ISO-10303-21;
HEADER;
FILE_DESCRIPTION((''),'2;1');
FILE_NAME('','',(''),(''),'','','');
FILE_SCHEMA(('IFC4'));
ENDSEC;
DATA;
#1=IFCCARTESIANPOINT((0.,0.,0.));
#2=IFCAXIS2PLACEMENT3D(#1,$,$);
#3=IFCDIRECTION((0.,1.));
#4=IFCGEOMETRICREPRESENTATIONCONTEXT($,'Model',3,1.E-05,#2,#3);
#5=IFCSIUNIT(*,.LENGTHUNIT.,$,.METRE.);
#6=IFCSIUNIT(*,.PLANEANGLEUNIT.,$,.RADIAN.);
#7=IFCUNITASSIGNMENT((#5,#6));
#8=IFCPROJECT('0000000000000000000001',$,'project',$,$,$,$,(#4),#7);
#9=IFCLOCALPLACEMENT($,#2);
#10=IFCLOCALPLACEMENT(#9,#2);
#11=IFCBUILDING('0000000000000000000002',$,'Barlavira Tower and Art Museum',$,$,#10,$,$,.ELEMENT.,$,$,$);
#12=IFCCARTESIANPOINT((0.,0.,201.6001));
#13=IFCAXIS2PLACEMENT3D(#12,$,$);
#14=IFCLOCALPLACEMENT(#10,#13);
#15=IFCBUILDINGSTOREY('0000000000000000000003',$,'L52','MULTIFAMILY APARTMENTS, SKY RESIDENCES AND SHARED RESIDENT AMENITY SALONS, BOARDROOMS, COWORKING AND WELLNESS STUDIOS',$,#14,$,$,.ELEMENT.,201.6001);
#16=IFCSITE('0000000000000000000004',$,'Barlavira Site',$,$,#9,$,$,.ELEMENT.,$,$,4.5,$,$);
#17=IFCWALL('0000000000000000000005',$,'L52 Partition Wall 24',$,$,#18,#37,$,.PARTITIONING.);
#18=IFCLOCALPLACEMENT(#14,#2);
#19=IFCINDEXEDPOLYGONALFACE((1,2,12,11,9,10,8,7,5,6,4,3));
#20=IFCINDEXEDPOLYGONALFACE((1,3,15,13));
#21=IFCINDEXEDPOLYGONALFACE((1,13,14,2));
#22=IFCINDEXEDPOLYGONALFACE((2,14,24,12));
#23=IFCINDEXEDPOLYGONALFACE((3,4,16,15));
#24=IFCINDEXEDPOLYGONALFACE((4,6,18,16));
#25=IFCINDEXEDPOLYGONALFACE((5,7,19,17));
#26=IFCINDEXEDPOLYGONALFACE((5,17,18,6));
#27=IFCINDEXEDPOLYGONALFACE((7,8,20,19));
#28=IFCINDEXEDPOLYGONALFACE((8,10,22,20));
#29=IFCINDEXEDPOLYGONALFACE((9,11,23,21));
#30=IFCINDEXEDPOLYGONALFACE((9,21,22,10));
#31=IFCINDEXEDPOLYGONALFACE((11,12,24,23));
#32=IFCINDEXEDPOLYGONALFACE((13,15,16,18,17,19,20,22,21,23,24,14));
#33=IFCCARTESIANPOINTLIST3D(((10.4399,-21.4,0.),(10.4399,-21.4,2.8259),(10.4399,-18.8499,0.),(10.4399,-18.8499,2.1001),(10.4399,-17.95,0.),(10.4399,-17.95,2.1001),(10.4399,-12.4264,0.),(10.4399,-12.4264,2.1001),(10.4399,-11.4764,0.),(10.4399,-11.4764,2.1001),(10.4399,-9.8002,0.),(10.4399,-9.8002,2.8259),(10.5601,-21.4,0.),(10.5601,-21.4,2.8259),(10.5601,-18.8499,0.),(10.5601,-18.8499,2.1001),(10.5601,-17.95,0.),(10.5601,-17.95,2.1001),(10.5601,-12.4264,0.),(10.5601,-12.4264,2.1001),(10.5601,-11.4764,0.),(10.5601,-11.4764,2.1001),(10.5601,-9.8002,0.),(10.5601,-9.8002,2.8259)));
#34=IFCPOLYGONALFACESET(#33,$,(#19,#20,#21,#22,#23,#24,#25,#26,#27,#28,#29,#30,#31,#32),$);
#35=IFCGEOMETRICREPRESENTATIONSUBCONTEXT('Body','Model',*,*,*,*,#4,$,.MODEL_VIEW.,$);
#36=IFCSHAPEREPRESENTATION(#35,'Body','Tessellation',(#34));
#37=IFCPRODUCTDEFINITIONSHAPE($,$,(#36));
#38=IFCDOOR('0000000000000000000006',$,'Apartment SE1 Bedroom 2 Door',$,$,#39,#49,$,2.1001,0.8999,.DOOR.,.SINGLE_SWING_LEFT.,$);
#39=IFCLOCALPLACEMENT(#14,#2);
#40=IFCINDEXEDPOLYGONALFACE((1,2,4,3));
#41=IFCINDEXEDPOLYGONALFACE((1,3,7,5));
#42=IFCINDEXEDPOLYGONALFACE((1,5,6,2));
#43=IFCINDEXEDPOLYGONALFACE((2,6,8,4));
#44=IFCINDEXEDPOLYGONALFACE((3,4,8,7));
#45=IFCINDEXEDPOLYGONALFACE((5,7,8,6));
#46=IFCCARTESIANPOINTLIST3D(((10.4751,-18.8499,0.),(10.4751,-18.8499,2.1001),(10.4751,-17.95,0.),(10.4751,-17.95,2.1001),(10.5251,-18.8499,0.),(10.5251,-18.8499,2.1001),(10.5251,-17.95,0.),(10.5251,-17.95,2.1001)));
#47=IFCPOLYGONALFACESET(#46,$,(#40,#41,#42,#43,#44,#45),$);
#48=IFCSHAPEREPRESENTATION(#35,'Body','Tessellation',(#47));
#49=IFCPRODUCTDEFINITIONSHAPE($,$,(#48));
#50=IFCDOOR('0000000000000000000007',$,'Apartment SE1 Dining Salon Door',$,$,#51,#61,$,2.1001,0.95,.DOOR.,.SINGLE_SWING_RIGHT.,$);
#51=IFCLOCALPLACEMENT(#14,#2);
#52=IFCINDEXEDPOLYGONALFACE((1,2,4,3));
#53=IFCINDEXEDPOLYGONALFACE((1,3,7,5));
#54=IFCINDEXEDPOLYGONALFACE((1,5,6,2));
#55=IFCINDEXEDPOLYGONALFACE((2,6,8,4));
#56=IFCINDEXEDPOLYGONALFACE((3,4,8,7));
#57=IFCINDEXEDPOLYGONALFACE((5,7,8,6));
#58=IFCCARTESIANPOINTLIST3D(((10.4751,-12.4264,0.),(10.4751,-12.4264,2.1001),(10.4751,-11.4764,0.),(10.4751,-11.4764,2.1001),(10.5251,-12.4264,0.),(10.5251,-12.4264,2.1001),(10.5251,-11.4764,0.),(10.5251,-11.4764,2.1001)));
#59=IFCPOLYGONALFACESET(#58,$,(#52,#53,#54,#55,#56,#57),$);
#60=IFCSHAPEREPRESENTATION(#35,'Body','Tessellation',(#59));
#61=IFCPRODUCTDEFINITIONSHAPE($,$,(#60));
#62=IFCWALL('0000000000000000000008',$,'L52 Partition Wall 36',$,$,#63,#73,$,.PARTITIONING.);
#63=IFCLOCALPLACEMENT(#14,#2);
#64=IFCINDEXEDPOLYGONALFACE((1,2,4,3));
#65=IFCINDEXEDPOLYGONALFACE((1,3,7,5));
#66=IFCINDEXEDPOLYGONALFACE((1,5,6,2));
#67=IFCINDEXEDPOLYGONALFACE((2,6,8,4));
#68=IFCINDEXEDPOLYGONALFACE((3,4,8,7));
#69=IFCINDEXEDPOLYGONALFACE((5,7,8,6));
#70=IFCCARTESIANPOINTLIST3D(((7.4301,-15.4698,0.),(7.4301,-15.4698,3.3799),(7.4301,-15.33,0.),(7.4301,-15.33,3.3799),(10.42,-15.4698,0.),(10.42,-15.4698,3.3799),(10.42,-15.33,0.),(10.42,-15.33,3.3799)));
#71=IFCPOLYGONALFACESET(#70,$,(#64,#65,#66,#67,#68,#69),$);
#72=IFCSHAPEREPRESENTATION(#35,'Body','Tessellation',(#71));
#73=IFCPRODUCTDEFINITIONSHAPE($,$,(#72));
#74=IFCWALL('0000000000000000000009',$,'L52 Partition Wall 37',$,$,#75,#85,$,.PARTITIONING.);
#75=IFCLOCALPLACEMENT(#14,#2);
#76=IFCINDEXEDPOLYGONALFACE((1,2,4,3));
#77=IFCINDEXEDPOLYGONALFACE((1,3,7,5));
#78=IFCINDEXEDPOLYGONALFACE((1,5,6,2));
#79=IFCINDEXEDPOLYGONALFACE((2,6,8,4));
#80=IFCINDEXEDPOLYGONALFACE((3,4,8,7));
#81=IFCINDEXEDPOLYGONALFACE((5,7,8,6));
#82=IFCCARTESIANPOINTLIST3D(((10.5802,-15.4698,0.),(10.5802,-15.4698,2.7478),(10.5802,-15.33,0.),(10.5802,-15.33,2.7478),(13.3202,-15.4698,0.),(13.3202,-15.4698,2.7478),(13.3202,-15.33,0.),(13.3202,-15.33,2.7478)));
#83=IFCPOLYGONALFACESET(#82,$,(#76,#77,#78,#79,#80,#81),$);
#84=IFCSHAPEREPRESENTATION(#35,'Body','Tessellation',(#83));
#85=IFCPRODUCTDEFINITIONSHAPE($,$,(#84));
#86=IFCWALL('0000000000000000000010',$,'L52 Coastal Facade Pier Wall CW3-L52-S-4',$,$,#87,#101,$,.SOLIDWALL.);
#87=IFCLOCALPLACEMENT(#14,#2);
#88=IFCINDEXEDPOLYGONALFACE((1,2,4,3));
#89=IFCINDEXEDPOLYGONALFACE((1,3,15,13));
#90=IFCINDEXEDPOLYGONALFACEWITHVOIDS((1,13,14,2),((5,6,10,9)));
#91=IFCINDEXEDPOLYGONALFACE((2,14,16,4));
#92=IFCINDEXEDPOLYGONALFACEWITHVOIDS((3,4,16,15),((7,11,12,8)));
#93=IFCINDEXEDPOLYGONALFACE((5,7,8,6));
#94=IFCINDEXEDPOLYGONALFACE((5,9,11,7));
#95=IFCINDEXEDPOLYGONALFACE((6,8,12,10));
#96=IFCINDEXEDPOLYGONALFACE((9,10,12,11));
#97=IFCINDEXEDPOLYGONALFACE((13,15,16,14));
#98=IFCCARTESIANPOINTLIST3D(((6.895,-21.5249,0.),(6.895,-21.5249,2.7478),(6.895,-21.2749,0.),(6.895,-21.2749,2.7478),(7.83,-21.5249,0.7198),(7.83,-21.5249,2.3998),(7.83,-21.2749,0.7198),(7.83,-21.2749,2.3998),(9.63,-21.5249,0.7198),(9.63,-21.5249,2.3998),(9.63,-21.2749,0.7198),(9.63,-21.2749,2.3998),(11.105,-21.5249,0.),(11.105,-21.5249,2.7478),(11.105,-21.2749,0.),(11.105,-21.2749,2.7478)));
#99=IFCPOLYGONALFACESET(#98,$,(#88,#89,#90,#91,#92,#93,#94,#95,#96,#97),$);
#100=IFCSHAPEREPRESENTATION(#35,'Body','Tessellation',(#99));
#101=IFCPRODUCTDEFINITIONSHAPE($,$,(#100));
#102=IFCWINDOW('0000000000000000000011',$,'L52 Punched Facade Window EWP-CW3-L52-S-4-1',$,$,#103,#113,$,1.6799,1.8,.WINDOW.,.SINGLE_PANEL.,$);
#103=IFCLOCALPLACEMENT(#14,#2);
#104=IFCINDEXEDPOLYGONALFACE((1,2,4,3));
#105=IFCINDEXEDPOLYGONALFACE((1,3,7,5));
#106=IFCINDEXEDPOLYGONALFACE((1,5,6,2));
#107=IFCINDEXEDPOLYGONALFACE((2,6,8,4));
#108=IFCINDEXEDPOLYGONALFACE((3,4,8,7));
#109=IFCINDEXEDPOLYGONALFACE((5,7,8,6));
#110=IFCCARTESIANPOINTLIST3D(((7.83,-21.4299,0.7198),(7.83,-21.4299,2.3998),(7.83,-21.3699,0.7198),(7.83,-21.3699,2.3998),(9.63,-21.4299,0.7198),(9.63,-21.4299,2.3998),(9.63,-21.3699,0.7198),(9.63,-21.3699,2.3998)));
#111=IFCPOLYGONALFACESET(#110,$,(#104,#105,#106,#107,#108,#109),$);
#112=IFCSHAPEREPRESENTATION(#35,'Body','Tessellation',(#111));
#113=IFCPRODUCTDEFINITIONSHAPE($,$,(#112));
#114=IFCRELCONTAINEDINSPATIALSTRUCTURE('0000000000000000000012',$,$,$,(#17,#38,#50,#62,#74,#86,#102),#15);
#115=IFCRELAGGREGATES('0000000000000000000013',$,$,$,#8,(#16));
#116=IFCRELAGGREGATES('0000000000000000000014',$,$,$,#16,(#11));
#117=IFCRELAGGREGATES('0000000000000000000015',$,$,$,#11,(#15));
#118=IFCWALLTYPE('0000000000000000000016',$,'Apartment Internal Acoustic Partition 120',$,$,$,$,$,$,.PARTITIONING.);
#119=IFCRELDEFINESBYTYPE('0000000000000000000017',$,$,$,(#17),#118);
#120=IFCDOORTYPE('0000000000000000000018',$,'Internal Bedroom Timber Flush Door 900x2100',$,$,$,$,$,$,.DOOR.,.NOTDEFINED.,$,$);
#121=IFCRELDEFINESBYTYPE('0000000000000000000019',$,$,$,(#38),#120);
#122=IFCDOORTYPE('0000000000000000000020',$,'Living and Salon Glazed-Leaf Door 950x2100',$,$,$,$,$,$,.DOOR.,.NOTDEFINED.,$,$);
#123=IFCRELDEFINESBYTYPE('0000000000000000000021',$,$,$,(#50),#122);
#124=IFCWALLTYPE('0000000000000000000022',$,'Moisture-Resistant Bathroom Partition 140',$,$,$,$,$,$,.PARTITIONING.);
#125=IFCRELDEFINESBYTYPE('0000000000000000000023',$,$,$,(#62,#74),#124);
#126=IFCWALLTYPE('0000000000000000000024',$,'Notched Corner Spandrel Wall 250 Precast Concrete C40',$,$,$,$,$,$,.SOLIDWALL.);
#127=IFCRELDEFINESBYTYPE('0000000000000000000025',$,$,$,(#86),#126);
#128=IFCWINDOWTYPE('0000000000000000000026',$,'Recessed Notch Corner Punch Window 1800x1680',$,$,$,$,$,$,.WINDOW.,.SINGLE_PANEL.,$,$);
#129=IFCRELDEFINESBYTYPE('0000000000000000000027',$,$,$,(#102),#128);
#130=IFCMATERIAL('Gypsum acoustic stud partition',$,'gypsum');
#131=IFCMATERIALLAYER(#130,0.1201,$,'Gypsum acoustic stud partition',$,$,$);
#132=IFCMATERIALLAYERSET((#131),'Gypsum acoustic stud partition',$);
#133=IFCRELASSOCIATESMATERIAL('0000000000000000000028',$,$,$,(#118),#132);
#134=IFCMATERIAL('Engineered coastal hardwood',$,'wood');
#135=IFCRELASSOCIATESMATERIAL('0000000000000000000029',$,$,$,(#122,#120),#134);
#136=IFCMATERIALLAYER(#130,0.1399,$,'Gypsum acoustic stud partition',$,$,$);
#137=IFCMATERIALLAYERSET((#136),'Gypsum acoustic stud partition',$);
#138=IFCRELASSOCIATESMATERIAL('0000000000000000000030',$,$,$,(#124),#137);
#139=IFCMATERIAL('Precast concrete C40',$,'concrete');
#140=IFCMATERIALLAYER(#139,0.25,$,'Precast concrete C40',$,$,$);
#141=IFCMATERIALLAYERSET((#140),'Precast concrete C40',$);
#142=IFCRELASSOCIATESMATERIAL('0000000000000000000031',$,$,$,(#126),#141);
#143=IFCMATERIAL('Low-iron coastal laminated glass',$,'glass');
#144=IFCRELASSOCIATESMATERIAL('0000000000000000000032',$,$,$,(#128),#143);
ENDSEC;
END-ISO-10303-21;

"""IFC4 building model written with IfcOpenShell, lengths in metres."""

from ifc_helpers import new_model, si_unit, direction, frame, frame_2d, origin, place, context, subcontext, project, spatial, rectangle, extrude, material, layer, layer_set, type_object, element, fill, save


model = new_model("IFC4")

# Units and contexts
model_context = context("Model", 3, precision=1e-05, world=origin(), true_north=direction((0.0, 1.0)))
body_context = subcontext(model_context, "Body", "Model", "MODEL_VIEW")
ifc_project = project(units=[si_unit("LENGTHUNIT", "METRE"), si_unit("PLANEANGLEUNIT", "RADIAN")], contexts=[model_context])

# Site, building, storey
site_placement = place(None, origin())
site = spatial("IfcSite", under=ifc_project, at=site_placement, Name="Barlavira Site", CompositionType="ELEMENT", RefElevation=4.5)
building_placement = place(site_placement, origin())
building = spatial("IfcBuilding", under=site, at=building_placement, Name="Barlavira Tower and Art Museum", CompositionType="ELEMENT")
storey_placement = place(building_placement, frame((0.0, 0.0, 201.6001)))
storey = spatial("IfcBuildingStorey", under=building, at=storey_placement, Name="L52", Description="MULTIFAMILY APARTMENTS, SKY RESIDENCES AND SHARED RESIDENT AMENITY SALONS, BOARDROOMS, COWORKING AND WELLNESS STUDIOS", CompositionType="ELEMENT", Elevation=201.6001)

# Shared definitions
ifc_material_1 = material(Name="Gypsum acoustic stud partition", Category="gypsum")
ifc_layer_1 = layer(ifc_material_1, 0.1201, Name="Gypsum acoustic stud partition")
ifc_layer_set_1 = layer_set([ifc_layer_1], Name="Gypsum acoustic stud partition")
wall_type_1 = type_object("IfcWallType", Name="Apartment Internal Acoustic Partition 120", PredefinedType="PARTITIONING", material=ifc_layer_set_1)
ifc_material_2 = material(Name="Engineered coastal hardwood", Category="wood")
door_type_1 = type_object("IfcDoorType", Name="Living and Salon Glazed-Leaf Door 950x2100", OperationType="NOTDEFINED", PredefinedType="DOOR", material=ifc_material_2)

# Wall, openings, doors
wall_1_placement = place(storey_placement, frame((10.5, -21.3999, 0.0), z_axis=(0.0, 0.0, 1.0), x_axis=(0.0, 1.0, 0.0)))
wall_1 = element("IfcWall", 1, at=wall_1_placement, inside=storey, type_object=wall_type_1, Name="L52 Partition Wall 24", PredefinedType="PARTITIONING", context=body_context, shape_type="SweptSolid", body=[
    extrude(rectangle(XDim=11.5999, YDim=0.1201, at=frame_2d((5.7998, 0.0))), origin(), (0.0, 0.0, 1.0), 2.8259),
])
opening_1_placement = place(wall_1_placement, frame((8.9734, 0.0, 0.0)))
opening_1 = element("IfcOpeningElement", 2, at=opening_1_placement, cuts=wall_1, PredefinedType="OPENING", context=body_context, shape_type="SweptSolid", body=[
    extrude(rectangle(XDim=0.95, YDim=2.1001, at=frame_2d((0.4751, 1.05))), frame((0.0, 0.0701, 0.0), z_axis=(0.0, -1.0, 0.0), x_axis=(1.0, 0.0, 0.0)), (0.0, 0.0, 1.0), 0.1401),
])
opening_2_placement = place(wall_1_placement, frame((2.55, 0.0, 0.0)))
opening_2 = element("IfcOpeningElement", 3, at=opening_2_placement, cuts=wall_1, PredefinedType="OPENING", context=body_context, shape_type="SweptSolid", body=[
    extrude(rectangle(XDim=0.8999, YDim=2.1001, at=frame_2d((0.45, 1.05))), frame((0.0, 0.0701, 0.0), z_axis=(0.0, -1.0, 0.0), x_axis=(1.0, 0.0, 0.0)), (0.0, 0.0, 1.0), 0.1401),
])
door_type_2 = type_object("IfcDoorType", Name="Internal Bedroom Timber Flush Door 900x2100", OperationType="NOTDEFINED", PredefinedType="DOOR", material=ifc_material_2)
door_1_placement = place(opening_2_placement, origin())
door_1 = element("IfcDoor", 4, at=door_1_placement, inside=storey, type_object=door_type_2, Name="Apartment SE1 Bedroom 2 Door", OperationType="SINGLE_SWING_LEFT", OverallHeight=2.1001, OverallWidth=0.8999, PredefinedType="DOOR", context=body_context, shape_type="SweptSolid", body=[
    extrude(rectangle(XDim=0.8999, YDim=2.1001, at=frame_2d((0.45, 1.05))), frame((0.0, 0.0249, 0.0), z_axis=(0.0, -1.0, 0.0), x_axis=(1.0, 0.0, 0.0)), (0.0, 0.0, 1.0), 0.05),
])
fill(opening_2, door_1)
door_2_placement = place(opening_1_placement, origin())
door_2 = element("IfcDoor", 5, at=door_2_placement, inside=storey, type_object=door_type_1, Name="Apartment SE1 Dining Salon Door", OperationType="SINGLE_SWING_RIGHT", OverallHeight=2.1001, OverallWidth=0.95, PredefinedType="DOOR", context=body_context, shape_type="SweptSolid", body=[
    extrude(rectangle(XDim=0.95, YDim=2.1001, at=frame_2d((0.4751, 1.05))), frame((0.0, 0.0249, 0.0), z_axis=(0.0, -1.0, 0.0), x_axis=(1.0, 0.0, 0.0)), (0.0, 0.0, 1.0), 0.05),
])
fill(opening_1, door_2)

# Walls
ifc_layer_2 = layer(ifc_material_1, 0.1399, Name="Gypsum acoustic stud partition")
ifc_layer_set_2 = layer_set([ifc_layer_2], Name="Gypsum acoustic stud partition")
wall_type_2 = type_object("IfcWallType", Name="Moisture-Resistant Bathroom Partition 140", PredefinedType="PARTITIONING", material=ifc_layer_set_2)
wall_2_placement = place(storey_placement, frame((7.4299, -15.3999, 0.0), z_axis=(0.0, 0.0, 1.0), x_axis=(1.0, 0.0, 0.0)))
element("IfcWall", 6, at=wall_2_placement, inside=storey, type_object=wall_type_2, Name="L52 Partition Wall 36", PredefinedType="PARTITIONING", context=body_context, shape_type="SweptSolid", body=[
    extrude(rectangle(XDim=2.99, YDim=0.1399, at=frame_2d((1.4951, 0.0))), origin(), (0.0, 0.0, 1.0), 3.3799),
])
wall_3_placement = place(storey_placement, frame((10.5801, -15.3999, 0.0), z_axis=(0.0, 0.0, 1.0), x_axis=(1.0, 0.0, 0.0)))
element("IfcWall", 7, at=wall_3_placement, inside=storey, type_object=wall_type_2, Name="L52 Partition Wall 37", PredefinedType="PARTITIONING", context=body_context, shape_type="SweptSolid", body=[
    extrude(rectangle(XDim=2.74, YDim=0.1399, at=frame_2d((1.3701, 0.0))), origin(), (0.0, 0.0, 1.0), 2.7478),
])

# Wall, opening, window
ifc_material_3 = material(Name="Precast concrete C40", Category="concrete")
ifc_layer_3 = layer(ifc_material_3, 0.25, Name="Precast concrete C40")
ifc_layer_set_3 = layer_set([ifc_layer_3], Name="Precast concrete C40")
wall_type_3 = type_object("IfcWallType", Name="Notched Corner Spandrel Wall 250 Precast Concrete C40", PredefinedType="SOLIDWALL", material=ifc_layer_set_3)
wall_4_placement = place(storey_placement, frame((6.895, -21.3999, 0.0), z_axis=(0.0, 0.0, 1.0), x_axis=(1.0, 0.0, 0.0)))
wall_4 = element("IfcWall", 8, at=wall_4_placement, inside=storey, type_object=wall_type_3, Name="L52 Coastal Facade Pier Wall CW3-L52-S-4", PredefinedType="SOLIDWALL", context=body_context, shape_type="SweptSolid", body=[
    extrude(rectangle(XDim=4.21, YDim=0.25, at=frame_2d((2.105, 0.0))), origin(), (0.0, 0.0, 1.0), 2.7478),
])
opening_3_placement = place(wall_4_placement, frame((0.9351, 0.0, 0.72)))
opening_3 = element("IfcOpeningElement", 9, at=opening_3_placement, cuts=wall_4, PredefinedType="OPENING", context=body_context, shape_type="SweptSolid", body=[
    extrude(rectangle(XDim=1.8, YDim=1.6799, at=frame_2d((0.8999, 0.8398))), frame((0.0, 0.135, 0.0), z_axis=(0.0, -1.0, 0.0), x_axis=(1.0, 0.0, 0.0)), (0.0, 0.0, 1.0), 0.27),
])
ifc_material_4 = material(Name="Low-iron coastal laminated glass", Category="glass")
window_type = type_object("IfcWindowType", Name="Recessed Notch Corner Punch Window 1800x1680", PartitioningType="SINGLE_PANEL", PredefinedType="WINDOW", material=ifc_material_4)
window_placement = place(opening_3_placement, origin())
window = element("IfcWindow", 10, at=window_placement, inside=storey, type_object=window_type, Name="L52 Punched Facade Window EWP-CW3-L52-S-4-1", OverallHeight=1.6799, OverallWidth=1.8, PartitioningType="SINGLE_PANEL", PredefinedType="WINDOW", context=body_context, shape_type="SweptSolid", body=[
    extrude(rectangle(XDim=1.8, YDim=1.6799, at=frame_2d((0.8999, 0.8398))), frame((0.0, 0.03, 0.0), z_axis=(0.0, -1.0, 0.0), x_axis=(1.0, 0.0, 0.0)), (0.0, 0.0, 1.0), 0.0601),
])
fill(opening_3, window)

save(model, "model.ifc")
